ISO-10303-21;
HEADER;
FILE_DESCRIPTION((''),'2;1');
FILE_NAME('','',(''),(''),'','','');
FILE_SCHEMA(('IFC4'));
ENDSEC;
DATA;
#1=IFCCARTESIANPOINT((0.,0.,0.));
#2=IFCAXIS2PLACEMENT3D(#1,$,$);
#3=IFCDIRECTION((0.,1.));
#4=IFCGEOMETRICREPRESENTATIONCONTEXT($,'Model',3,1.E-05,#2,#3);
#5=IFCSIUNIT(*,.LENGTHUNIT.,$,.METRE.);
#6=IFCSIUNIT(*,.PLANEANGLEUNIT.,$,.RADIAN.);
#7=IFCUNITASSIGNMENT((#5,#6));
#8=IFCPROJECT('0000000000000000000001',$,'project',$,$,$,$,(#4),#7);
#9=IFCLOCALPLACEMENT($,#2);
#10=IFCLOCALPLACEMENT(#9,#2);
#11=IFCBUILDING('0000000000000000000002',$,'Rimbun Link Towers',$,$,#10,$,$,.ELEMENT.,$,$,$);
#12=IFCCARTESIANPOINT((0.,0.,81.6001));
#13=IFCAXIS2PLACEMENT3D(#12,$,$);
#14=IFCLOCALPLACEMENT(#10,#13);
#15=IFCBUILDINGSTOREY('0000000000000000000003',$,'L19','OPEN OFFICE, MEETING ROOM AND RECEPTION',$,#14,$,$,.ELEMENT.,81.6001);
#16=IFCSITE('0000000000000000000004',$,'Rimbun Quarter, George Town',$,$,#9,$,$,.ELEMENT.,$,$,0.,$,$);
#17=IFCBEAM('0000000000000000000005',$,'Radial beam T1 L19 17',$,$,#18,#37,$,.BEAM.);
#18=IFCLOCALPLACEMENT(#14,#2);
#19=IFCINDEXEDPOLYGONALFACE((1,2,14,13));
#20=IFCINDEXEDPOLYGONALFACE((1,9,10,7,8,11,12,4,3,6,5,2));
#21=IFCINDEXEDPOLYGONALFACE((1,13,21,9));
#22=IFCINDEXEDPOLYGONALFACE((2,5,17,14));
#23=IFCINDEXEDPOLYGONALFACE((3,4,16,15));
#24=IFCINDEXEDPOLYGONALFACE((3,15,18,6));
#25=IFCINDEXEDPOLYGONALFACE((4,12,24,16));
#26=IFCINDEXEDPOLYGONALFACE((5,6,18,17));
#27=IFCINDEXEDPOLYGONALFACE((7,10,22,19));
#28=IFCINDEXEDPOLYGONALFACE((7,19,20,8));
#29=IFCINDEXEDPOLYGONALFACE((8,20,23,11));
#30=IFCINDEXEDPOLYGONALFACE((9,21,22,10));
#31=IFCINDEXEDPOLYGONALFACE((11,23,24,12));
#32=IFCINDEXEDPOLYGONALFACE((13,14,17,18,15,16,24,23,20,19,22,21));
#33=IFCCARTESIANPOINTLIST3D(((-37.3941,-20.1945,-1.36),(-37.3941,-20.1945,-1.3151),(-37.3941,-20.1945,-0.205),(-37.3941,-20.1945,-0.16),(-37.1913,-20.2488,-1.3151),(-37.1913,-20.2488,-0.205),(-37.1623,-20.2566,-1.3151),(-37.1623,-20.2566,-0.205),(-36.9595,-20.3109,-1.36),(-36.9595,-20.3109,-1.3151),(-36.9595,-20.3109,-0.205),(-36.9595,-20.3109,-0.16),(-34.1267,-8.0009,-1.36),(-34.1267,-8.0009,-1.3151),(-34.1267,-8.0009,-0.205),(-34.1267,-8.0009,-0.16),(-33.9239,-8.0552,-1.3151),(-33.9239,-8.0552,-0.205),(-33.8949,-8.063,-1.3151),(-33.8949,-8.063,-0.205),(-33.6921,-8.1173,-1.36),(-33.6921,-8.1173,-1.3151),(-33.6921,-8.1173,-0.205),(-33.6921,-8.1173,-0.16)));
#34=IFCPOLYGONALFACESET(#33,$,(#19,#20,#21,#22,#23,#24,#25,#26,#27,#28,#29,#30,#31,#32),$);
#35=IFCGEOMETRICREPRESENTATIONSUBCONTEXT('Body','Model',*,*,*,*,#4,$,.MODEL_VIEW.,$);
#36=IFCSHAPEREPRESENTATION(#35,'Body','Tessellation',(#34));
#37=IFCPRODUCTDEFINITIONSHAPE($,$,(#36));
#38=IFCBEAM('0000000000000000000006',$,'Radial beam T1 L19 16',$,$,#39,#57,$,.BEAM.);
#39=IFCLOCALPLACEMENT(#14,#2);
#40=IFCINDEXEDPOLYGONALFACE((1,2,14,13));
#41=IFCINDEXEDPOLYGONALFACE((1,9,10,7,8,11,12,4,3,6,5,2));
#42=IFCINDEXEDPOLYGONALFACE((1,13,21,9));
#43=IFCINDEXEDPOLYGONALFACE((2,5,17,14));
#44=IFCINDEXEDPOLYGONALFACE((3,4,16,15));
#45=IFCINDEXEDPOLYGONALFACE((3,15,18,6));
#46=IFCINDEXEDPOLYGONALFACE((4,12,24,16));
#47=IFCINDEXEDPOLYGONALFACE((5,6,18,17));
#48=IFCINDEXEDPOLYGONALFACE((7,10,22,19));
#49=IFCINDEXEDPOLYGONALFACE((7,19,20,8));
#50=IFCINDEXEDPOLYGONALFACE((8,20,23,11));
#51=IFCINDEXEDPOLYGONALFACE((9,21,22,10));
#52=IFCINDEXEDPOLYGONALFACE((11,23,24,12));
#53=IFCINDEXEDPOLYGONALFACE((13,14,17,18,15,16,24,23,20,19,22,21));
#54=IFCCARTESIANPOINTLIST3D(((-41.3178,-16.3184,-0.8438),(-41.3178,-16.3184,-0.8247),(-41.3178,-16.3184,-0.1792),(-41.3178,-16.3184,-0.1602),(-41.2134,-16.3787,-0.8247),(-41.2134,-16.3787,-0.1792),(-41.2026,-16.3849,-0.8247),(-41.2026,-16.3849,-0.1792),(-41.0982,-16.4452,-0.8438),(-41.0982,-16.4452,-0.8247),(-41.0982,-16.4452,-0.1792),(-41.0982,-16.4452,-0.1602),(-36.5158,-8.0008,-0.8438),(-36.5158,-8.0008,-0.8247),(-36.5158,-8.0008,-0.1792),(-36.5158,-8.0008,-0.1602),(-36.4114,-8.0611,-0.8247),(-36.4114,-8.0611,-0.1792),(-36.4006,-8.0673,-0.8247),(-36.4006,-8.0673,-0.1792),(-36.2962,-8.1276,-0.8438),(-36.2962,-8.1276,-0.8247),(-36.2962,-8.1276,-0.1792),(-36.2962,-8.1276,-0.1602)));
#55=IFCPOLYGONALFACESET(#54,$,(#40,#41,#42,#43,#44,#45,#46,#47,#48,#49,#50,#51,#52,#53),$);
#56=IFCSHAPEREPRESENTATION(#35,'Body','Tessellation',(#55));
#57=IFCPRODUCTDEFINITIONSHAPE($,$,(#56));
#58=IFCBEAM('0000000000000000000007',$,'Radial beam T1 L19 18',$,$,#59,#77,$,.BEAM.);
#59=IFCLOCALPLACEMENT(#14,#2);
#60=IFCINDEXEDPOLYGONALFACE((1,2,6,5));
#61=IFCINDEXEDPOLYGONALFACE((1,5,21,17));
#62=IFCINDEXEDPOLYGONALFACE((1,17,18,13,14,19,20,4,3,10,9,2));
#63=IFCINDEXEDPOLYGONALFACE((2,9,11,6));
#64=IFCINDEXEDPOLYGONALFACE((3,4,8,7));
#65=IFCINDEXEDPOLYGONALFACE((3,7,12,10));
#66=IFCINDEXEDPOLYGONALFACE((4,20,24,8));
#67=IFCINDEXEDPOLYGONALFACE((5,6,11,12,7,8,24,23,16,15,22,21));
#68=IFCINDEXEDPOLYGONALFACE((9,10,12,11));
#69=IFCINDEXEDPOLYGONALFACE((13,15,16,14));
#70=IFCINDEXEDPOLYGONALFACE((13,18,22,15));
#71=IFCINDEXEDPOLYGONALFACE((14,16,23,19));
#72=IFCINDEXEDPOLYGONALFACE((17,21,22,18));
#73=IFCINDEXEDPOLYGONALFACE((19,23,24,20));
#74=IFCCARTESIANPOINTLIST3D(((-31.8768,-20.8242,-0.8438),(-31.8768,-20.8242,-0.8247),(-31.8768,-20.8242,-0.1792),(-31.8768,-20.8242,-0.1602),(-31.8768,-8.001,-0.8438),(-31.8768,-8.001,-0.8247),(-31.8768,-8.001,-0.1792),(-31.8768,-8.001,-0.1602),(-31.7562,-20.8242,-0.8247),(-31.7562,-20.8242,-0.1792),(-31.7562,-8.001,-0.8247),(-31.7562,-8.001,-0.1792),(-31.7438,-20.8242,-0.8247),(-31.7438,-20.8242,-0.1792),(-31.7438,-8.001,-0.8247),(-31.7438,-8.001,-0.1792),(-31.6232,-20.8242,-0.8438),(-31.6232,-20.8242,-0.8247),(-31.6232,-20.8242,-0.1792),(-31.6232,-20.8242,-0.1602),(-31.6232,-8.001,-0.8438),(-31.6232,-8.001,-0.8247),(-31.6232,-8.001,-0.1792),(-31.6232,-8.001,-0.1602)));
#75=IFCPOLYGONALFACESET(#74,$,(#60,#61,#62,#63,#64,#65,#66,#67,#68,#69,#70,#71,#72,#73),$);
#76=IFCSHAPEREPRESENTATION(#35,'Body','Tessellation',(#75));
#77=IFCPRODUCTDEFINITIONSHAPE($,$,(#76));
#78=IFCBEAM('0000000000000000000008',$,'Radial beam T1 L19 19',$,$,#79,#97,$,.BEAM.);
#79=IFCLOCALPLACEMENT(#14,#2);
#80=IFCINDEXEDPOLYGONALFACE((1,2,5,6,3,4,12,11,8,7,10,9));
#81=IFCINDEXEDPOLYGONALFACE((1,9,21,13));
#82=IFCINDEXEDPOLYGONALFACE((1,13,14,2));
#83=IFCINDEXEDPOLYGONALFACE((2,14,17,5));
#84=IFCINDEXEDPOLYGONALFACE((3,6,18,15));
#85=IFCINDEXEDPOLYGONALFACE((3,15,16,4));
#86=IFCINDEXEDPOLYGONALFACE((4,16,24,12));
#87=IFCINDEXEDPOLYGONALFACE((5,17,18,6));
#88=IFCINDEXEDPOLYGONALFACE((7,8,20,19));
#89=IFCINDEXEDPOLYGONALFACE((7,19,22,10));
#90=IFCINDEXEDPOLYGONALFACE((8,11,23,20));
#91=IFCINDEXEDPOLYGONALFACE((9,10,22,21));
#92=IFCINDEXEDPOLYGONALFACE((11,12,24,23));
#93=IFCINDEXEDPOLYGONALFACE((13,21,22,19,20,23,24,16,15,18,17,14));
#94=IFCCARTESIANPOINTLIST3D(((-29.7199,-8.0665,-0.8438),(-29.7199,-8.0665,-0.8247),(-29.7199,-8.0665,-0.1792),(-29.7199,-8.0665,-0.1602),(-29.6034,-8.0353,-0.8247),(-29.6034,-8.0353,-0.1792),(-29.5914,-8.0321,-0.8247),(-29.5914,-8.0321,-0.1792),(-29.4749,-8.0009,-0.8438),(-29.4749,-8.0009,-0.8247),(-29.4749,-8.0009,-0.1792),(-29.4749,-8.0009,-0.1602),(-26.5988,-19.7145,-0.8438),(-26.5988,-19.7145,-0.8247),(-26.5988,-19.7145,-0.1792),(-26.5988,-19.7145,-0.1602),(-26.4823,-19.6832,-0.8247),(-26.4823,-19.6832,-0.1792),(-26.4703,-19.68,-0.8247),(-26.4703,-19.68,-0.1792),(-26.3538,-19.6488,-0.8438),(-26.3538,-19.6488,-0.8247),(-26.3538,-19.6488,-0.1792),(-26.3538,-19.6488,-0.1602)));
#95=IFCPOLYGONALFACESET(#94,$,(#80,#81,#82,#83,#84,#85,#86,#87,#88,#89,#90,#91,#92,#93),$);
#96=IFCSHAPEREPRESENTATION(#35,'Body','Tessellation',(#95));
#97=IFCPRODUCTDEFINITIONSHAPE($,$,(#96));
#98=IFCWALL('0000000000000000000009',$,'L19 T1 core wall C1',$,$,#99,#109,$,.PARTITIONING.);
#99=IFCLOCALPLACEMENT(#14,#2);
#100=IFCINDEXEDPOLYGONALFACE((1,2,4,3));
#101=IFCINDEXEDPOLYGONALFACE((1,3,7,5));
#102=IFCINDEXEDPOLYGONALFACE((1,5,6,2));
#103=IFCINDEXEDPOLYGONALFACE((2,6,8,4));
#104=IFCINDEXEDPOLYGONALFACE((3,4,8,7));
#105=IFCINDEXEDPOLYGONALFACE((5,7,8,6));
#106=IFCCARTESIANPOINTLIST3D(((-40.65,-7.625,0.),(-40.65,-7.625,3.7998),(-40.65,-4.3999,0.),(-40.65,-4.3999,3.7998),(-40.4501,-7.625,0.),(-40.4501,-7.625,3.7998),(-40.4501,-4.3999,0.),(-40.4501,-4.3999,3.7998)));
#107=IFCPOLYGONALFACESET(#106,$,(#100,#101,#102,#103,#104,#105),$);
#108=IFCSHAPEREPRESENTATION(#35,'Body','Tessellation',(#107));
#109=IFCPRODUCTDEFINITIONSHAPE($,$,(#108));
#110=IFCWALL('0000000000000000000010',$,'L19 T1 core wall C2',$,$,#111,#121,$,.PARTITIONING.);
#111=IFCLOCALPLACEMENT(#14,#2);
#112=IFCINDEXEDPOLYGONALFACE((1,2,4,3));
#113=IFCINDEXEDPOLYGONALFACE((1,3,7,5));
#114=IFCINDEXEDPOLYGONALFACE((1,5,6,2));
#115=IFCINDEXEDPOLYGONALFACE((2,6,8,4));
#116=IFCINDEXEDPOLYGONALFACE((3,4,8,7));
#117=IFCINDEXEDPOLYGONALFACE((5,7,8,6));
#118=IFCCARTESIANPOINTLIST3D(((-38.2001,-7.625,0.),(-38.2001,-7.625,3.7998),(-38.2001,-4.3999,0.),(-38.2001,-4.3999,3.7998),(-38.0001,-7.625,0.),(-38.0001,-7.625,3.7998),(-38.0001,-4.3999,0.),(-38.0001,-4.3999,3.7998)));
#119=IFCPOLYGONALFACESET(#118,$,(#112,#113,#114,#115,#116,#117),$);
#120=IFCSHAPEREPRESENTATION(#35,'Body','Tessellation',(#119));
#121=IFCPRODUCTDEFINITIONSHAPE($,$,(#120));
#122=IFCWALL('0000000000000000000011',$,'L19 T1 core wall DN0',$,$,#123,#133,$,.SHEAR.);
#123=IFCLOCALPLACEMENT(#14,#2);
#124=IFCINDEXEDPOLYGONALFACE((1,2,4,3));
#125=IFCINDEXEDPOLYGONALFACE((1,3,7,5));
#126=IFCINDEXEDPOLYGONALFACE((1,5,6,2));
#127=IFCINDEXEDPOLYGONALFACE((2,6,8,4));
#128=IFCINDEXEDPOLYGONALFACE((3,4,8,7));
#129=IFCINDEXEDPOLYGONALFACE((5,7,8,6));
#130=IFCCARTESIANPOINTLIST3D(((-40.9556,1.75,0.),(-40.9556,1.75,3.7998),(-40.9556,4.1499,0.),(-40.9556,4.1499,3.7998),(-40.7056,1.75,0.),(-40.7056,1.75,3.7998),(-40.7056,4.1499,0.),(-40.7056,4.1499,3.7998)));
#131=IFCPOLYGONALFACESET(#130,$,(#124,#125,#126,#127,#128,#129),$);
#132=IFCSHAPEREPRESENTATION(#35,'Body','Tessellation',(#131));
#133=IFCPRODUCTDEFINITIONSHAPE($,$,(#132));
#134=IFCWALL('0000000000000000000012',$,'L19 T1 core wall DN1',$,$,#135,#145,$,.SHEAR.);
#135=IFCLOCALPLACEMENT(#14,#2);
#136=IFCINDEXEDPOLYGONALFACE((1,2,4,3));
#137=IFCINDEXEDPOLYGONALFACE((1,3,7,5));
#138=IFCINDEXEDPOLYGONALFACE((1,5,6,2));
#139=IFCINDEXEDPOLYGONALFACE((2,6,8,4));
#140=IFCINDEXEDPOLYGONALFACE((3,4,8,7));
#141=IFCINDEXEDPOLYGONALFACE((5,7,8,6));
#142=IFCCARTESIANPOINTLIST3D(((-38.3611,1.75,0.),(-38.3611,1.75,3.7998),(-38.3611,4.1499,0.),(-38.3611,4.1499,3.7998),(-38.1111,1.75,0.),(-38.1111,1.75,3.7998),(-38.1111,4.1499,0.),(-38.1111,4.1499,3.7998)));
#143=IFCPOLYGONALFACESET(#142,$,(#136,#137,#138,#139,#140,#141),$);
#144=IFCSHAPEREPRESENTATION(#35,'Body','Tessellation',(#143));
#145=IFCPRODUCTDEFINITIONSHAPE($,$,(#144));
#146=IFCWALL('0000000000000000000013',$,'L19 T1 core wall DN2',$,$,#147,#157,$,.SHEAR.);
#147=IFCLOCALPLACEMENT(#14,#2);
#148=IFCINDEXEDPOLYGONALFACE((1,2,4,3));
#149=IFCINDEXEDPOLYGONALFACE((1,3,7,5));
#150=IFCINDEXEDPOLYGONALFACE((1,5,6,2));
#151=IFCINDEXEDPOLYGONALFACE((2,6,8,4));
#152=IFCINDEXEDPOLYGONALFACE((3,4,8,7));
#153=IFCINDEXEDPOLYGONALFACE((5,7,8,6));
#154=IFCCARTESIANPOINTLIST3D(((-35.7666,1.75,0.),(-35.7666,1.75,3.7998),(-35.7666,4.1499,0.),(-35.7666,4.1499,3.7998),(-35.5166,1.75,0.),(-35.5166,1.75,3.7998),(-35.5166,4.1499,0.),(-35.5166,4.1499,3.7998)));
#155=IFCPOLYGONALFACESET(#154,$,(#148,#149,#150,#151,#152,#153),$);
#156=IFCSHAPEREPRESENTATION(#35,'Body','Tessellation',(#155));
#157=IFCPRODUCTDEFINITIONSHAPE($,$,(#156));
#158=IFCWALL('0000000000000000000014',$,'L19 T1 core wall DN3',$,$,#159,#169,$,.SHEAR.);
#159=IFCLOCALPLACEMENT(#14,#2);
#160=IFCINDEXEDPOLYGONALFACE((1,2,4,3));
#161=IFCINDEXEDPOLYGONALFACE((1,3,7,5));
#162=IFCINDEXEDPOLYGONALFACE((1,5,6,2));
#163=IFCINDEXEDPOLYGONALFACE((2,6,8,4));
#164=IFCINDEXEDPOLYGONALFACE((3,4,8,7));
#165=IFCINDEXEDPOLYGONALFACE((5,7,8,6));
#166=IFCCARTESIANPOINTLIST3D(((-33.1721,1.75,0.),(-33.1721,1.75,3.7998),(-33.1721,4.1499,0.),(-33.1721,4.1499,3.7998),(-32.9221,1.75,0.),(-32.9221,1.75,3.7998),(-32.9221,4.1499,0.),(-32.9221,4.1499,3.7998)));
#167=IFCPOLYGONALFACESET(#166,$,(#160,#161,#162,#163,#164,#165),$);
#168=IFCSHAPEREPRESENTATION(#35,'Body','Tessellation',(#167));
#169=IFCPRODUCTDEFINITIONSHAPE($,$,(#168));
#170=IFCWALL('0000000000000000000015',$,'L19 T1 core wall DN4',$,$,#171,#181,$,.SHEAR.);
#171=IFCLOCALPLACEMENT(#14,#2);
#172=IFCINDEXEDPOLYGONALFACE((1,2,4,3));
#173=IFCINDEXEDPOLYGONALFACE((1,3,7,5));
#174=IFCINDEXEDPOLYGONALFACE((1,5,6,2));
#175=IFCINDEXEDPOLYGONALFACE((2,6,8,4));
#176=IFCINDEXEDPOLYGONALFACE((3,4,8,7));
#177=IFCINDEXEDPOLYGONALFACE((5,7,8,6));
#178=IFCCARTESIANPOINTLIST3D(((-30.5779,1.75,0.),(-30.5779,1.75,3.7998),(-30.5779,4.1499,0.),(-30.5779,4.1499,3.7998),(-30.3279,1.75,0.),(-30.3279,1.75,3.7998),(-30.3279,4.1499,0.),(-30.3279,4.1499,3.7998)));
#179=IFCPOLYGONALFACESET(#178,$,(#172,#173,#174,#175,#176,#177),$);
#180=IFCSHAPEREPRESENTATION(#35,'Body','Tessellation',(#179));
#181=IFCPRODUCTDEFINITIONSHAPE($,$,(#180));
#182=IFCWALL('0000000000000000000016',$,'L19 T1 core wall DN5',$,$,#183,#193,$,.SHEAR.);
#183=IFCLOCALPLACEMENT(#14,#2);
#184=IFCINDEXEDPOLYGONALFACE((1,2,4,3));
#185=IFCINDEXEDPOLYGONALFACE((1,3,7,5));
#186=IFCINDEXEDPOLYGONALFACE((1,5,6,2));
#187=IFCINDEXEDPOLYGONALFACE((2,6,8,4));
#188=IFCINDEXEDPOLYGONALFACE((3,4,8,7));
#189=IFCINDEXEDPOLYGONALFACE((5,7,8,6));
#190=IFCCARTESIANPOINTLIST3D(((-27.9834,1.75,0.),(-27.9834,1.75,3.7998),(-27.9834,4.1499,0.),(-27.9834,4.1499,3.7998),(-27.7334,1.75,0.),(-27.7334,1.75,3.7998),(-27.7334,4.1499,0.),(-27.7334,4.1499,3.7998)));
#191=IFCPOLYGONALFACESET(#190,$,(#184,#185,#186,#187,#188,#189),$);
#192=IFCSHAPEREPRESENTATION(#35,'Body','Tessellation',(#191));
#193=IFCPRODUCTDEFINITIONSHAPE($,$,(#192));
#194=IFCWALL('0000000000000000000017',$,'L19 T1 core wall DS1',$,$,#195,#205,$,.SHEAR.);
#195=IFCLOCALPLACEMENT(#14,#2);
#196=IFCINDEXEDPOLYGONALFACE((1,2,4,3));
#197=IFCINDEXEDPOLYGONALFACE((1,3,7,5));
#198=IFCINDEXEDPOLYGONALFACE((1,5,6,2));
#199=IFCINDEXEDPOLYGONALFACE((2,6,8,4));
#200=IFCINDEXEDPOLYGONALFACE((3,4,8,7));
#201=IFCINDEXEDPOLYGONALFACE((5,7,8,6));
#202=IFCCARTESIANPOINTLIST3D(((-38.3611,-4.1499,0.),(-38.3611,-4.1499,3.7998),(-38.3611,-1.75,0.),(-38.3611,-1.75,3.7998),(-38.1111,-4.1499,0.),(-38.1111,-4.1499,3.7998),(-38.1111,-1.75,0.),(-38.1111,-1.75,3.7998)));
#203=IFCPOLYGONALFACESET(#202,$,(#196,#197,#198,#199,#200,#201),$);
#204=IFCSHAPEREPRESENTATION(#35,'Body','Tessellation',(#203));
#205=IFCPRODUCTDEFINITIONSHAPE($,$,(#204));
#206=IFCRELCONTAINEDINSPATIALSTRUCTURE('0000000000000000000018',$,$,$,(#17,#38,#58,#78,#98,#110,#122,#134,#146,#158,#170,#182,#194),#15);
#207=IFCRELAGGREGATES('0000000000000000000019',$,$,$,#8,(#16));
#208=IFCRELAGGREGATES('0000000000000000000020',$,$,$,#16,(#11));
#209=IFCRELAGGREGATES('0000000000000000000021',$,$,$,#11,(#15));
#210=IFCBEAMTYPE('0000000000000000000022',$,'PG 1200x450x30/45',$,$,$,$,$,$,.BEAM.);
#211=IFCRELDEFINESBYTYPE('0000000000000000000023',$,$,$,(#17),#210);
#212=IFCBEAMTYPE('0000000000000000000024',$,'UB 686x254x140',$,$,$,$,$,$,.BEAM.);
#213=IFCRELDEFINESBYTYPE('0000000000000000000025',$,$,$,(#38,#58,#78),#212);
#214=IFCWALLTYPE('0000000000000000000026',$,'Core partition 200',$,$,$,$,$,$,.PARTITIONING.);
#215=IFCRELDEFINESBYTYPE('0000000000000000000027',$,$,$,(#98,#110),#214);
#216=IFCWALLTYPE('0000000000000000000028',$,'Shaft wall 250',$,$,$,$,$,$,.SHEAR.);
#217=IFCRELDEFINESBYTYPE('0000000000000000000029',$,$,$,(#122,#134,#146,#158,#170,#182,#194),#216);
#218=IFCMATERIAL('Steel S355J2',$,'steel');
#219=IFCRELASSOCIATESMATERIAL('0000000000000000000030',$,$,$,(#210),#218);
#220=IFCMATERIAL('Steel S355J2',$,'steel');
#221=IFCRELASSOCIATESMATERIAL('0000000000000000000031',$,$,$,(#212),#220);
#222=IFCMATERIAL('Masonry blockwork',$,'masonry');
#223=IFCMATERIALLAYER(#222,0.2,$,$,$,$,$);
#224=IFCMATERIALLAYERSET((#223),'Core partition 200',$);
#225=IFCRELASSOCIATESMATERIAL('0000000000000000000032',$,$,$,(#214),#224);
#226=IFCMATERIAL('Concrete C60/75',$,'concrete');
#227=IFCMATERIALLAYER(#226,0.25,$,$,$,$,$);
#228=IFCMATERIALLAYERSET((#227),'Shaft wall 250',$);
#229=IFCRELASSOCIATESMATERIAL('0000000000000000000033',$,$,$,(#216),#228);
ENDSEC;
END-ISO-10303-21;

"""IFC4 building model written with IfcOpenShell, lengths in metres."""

from ifc_helpers import new_model, si_unit, direction, frame, frame_2d, origin, origin_2d, place, context, subcontext, project, spatial, rectangle, i_section, extrude, material, layer, layer_set, material_profile, profile_set, type_object, element, save


model = new_model("IFC4")

# Units and contexts
model_context = context("Model", 3, precision=1e-05, world=origin(), true_north=direction((0.0, 1.0)))
body_context = subcontext(model_context, "Body", "Model", "MODEL_VIEW")
ifc_project = project(units=[si_unit("LENGTHUNIT", "METRE"), si_unit("PLANEANGLEUNIT", "RADIAN")], contexts=[model_context])

# Site, building, storey
site_placement = place(None, origin())
site = spatial("IfcSite", under=ifc_project, at=site_placement, Name="Rimbun Quarter, George Town", CompositionType="ELEMENT", RefElevation=0.0)
building_placement = place(site_placement, origin())
building = spatial("IfcBuilding", under=site, at=building_placement, Name="Rimbun Link Towers", CompositionType="ELEMENT")
storey_placement = place(building_placement, frame((0.0, 0.0, 81.6001)))
storey = spatial("IfcBuildingStorey", under=building, at=storey_placement, Name="L19", Description="OPEN OFFICE, MEETING ROOM AND RECEPTION", CompositionType="ELEMENT", Elevation=81.6001)

# Beams
ifc_material_1 = material(Name="Steel S355J2", Category="steel")
ifc_material_profile_1 = material_profile(ifc_material_1, i_section(OverallWidth=0.45, OverallDepth=1.2, WebThickness=0.03, FlangeThickness=0.0449, at=origin_2d()), Name="PG 1200x450x30/45")
ifc_profile_set_1 = profile_set([ifc_material_profile_1], Name="Steel S355J2")
beam_type_1 = type_object("IfcBeamType", Name="PG 1200x450x30/45", PredefinedType="BEAM", material=ifc_profile_set_1)
beam_1_placement = place(storey_placement, frame((-33.9094, -8.0591, -0.76), z_axis=(-0.258824, -0.965924, 0.0), x_axis=(0.965924, -0.258824, 0.0)))
element("IfcBeam", 1, at=beam_1_placement, inside=storey, type_object=beam_type_1, Name="Radial beam T1 L19 17", PredefinedType="BEAM", context=body_context, shape_type="SweptSolid", body=[
    extrude(i_section(OverallWidth=0.45, OverallDepth=1.2, WebThickness=0.03, FlangeThickness=0.0449, at=origin_2d()), origin(), (0.0, 0.0, 1.0), 12.6238),
])
ifc_material_2 = material(Name="Steel S355J2", Category="steel")
ifc_material_profile_2 = material_profile(ifc_material_2, i_section(OverallWidth=0.2537, OverallDepth=0.6836, WebThickness=0.0125, FlangeThickness=0.019, at=origin_2d()), Name="UB 686x254x140")
ifc_profile_set_2 = profile_set([ifc_material_profile_2], Name="Steel S355J2")
beam_type_2 = type_object("IfcBeamType", Name="UB 686x254x140", PredefinedType="BEAM", material=ifc_profile_set_2)
beam_2_placement = place(storey_placement, frame((-36.406, -8.0642, -0.502), z_axis=(-0.499986, -0.866034, 0.0), x_axis=(0.866034, -0.499986, 0.0)))
element("IfcBeam", 2, at=beam_2_placement, inside=storey, type_object=beam_type_2, Name="Radial beam T1 L19 16", PredefinedType="BEAM", context=body_context, shape_type="SweptSolid", body=[
    extrude(i_section(OverallWidth=0.2537, OverallDepth=0.6836, WebThickness=0.0125, FlangeThickness=0.019, at=origin_2d()), origin(), (0.0, 0.0, 1.0), 9.6042),
])
beam_3_placement = place(storey_placement, frame((-31.75, -8.001, -0.502), z_axis=(0.0, -1.0, 0.0), x_axis=(1.0, 0.0, 0.0)))
element("IfcBeam", 3, at=beam_3_placement, inside=storey, type_object=beam_type_2, Name="Radial beam T1 L19 18", PredefinedType="BEAM", context=body_context, shape_type="SweptSolid", body=[
    extrude(i_section(OverallWidth=0.2537, OverallDepth=0.6836, WebThickness=0.0125, FlangeThickness=0.019, at=origin_2d()), origin(), (0.0, 0.0, 1.0), 12.8232),
])
beam_4_placement = place(storey_placement, frame((-29.5974, -8.0337, -0.502), z_axis=(0.258822, -0.965925, 0.0), x_axis=(0.965925, 0.258822, 0.0)))
element("IfcBeam", 4, at=beam_4_placement, inside=storey, type_object=beam_type_2, Name="Radial beam T1 L19 19", PredefinedType="BEAM", context=body_context, shape_type="SweptSolid", body=[
    extrude(i_section(OverallWidth=0.2537, OverallDepth=0.6836, WebThickness=0.0125, FlangeThickness=0.019, at=origin_2d()), origin(), (0.0, 0.0, 1.0), 12.0588),
])

# Walls
ifc_material_3 = material(Name="Masonry blockwork", Category="masonry")
ifc_layer_1 = layer(ifc_material_3, 0.2)
ifc_layer_set_1 = layer_set([ifc_layer_1], Name="Core partition 200")
wall_type_1 = type_object("IfcWallType", Name="Core partition 200", PredefinedType="PARTITIONING", material=ifc_layer_set_1)
for number, where, z_axis, x_axis, name in (
    (5, (-40.55, -4.3999, 0.0), (0.0, 0.0, 1.0), (0.0, -1.0, 0.0), "L19 T1 core wall C1"),
    (6, (-38.1001, -4.3999, 0.0), (0.0, 0.0, 1.0), (0.0, -1.0, 0.0), "L19 T1 core wall C2"),
):
    element("IfcWall", number, at=place(storey_placement, frame(where, z_axis=z_axis, x_axis=x_axis)), inside=storey, type_object=wall_type_1, Name=name, PredefinedType="PARTITIONING", context=body_context, shape_type="SweptSolid", body=[
        extrude(rectangle(XDim=3.2251, YDim=0.2, at=frame_2d((1.6125, 0.0))), origin(), (0.0, 0.0, 1.0), 3.7998),
    ])
ifc_material_4 = material(Name="Concrete C60/75", Category="concrete")
ifc_layer_2 = layer(ifc_material_4, 0.25)
ifc_layer_set_2 = layer_set([ifc_layer_2], Name="Shaft wall 250")
wall_type_2 = type_object("IfcWallType", Name="Shaft wall 250", PredefinedType="SHEAR", material=ifc_layer_set_2)
for number, where, z_axis, x_axis, name in (
    (7, (-40.8306, 1.75, 0.0), (0.0, 0.0, 1.0), (0.0, 1.0, 0.0), "L19 T1 core wall DN0"),
    (8, (-38.2361, 1.75, 0.0), (0.0, 0.0, 1.0), (0.0, 1.0, 0.0), "L19 T1 core wall DN1"),
    (9, (-35.6416, 1.75, 0.0), (0.0, 0.0, 1.0), (0.0, 1.0, 0.0), "L19 T1 core wall DN2"),
    (10, (-33.0471, 1.75, 0.0), (0.0, 0.0, 1.0), (0.0, 1.0, 0.0), "L19 T1 core wall DN3"),
    (11, (-30.4529, 1.75, 0.0), (0.0, 0.0, 1.0), (0.0, 1.0, 0.0), "L19 T1 core wall DN4"),
    (12, (-27.8584, 1.75, 0.0), (0.0, 0.0, 1.0), (0.0, 1.0, 0.0), "L19 T1 core wall DN5"),
    (13, (-38.2361, -4.1499, 0.0), (0.0, 0.0, 1.0), (0.0, 1.0, 0.0), "L19 T1 core wall DS1"),
):
    element("IfcWall", number, at=place(storey_placement, frame(where, z_axis=z_axis, x_axis=x_axis)), inside=storey, type_object=wall_type_2, Name=name, PredefinedType="SHEAR", context=body_context, shape_type="SweptSolid", body=[
        extrude(rectangle(XDim=2.3999, YDim=0.25, at=frame_2d((1.2, 0.0))), origin(), (0.0, 0.0, 1.0), 3.7998),
    ])

save(model, "model.ifc")
